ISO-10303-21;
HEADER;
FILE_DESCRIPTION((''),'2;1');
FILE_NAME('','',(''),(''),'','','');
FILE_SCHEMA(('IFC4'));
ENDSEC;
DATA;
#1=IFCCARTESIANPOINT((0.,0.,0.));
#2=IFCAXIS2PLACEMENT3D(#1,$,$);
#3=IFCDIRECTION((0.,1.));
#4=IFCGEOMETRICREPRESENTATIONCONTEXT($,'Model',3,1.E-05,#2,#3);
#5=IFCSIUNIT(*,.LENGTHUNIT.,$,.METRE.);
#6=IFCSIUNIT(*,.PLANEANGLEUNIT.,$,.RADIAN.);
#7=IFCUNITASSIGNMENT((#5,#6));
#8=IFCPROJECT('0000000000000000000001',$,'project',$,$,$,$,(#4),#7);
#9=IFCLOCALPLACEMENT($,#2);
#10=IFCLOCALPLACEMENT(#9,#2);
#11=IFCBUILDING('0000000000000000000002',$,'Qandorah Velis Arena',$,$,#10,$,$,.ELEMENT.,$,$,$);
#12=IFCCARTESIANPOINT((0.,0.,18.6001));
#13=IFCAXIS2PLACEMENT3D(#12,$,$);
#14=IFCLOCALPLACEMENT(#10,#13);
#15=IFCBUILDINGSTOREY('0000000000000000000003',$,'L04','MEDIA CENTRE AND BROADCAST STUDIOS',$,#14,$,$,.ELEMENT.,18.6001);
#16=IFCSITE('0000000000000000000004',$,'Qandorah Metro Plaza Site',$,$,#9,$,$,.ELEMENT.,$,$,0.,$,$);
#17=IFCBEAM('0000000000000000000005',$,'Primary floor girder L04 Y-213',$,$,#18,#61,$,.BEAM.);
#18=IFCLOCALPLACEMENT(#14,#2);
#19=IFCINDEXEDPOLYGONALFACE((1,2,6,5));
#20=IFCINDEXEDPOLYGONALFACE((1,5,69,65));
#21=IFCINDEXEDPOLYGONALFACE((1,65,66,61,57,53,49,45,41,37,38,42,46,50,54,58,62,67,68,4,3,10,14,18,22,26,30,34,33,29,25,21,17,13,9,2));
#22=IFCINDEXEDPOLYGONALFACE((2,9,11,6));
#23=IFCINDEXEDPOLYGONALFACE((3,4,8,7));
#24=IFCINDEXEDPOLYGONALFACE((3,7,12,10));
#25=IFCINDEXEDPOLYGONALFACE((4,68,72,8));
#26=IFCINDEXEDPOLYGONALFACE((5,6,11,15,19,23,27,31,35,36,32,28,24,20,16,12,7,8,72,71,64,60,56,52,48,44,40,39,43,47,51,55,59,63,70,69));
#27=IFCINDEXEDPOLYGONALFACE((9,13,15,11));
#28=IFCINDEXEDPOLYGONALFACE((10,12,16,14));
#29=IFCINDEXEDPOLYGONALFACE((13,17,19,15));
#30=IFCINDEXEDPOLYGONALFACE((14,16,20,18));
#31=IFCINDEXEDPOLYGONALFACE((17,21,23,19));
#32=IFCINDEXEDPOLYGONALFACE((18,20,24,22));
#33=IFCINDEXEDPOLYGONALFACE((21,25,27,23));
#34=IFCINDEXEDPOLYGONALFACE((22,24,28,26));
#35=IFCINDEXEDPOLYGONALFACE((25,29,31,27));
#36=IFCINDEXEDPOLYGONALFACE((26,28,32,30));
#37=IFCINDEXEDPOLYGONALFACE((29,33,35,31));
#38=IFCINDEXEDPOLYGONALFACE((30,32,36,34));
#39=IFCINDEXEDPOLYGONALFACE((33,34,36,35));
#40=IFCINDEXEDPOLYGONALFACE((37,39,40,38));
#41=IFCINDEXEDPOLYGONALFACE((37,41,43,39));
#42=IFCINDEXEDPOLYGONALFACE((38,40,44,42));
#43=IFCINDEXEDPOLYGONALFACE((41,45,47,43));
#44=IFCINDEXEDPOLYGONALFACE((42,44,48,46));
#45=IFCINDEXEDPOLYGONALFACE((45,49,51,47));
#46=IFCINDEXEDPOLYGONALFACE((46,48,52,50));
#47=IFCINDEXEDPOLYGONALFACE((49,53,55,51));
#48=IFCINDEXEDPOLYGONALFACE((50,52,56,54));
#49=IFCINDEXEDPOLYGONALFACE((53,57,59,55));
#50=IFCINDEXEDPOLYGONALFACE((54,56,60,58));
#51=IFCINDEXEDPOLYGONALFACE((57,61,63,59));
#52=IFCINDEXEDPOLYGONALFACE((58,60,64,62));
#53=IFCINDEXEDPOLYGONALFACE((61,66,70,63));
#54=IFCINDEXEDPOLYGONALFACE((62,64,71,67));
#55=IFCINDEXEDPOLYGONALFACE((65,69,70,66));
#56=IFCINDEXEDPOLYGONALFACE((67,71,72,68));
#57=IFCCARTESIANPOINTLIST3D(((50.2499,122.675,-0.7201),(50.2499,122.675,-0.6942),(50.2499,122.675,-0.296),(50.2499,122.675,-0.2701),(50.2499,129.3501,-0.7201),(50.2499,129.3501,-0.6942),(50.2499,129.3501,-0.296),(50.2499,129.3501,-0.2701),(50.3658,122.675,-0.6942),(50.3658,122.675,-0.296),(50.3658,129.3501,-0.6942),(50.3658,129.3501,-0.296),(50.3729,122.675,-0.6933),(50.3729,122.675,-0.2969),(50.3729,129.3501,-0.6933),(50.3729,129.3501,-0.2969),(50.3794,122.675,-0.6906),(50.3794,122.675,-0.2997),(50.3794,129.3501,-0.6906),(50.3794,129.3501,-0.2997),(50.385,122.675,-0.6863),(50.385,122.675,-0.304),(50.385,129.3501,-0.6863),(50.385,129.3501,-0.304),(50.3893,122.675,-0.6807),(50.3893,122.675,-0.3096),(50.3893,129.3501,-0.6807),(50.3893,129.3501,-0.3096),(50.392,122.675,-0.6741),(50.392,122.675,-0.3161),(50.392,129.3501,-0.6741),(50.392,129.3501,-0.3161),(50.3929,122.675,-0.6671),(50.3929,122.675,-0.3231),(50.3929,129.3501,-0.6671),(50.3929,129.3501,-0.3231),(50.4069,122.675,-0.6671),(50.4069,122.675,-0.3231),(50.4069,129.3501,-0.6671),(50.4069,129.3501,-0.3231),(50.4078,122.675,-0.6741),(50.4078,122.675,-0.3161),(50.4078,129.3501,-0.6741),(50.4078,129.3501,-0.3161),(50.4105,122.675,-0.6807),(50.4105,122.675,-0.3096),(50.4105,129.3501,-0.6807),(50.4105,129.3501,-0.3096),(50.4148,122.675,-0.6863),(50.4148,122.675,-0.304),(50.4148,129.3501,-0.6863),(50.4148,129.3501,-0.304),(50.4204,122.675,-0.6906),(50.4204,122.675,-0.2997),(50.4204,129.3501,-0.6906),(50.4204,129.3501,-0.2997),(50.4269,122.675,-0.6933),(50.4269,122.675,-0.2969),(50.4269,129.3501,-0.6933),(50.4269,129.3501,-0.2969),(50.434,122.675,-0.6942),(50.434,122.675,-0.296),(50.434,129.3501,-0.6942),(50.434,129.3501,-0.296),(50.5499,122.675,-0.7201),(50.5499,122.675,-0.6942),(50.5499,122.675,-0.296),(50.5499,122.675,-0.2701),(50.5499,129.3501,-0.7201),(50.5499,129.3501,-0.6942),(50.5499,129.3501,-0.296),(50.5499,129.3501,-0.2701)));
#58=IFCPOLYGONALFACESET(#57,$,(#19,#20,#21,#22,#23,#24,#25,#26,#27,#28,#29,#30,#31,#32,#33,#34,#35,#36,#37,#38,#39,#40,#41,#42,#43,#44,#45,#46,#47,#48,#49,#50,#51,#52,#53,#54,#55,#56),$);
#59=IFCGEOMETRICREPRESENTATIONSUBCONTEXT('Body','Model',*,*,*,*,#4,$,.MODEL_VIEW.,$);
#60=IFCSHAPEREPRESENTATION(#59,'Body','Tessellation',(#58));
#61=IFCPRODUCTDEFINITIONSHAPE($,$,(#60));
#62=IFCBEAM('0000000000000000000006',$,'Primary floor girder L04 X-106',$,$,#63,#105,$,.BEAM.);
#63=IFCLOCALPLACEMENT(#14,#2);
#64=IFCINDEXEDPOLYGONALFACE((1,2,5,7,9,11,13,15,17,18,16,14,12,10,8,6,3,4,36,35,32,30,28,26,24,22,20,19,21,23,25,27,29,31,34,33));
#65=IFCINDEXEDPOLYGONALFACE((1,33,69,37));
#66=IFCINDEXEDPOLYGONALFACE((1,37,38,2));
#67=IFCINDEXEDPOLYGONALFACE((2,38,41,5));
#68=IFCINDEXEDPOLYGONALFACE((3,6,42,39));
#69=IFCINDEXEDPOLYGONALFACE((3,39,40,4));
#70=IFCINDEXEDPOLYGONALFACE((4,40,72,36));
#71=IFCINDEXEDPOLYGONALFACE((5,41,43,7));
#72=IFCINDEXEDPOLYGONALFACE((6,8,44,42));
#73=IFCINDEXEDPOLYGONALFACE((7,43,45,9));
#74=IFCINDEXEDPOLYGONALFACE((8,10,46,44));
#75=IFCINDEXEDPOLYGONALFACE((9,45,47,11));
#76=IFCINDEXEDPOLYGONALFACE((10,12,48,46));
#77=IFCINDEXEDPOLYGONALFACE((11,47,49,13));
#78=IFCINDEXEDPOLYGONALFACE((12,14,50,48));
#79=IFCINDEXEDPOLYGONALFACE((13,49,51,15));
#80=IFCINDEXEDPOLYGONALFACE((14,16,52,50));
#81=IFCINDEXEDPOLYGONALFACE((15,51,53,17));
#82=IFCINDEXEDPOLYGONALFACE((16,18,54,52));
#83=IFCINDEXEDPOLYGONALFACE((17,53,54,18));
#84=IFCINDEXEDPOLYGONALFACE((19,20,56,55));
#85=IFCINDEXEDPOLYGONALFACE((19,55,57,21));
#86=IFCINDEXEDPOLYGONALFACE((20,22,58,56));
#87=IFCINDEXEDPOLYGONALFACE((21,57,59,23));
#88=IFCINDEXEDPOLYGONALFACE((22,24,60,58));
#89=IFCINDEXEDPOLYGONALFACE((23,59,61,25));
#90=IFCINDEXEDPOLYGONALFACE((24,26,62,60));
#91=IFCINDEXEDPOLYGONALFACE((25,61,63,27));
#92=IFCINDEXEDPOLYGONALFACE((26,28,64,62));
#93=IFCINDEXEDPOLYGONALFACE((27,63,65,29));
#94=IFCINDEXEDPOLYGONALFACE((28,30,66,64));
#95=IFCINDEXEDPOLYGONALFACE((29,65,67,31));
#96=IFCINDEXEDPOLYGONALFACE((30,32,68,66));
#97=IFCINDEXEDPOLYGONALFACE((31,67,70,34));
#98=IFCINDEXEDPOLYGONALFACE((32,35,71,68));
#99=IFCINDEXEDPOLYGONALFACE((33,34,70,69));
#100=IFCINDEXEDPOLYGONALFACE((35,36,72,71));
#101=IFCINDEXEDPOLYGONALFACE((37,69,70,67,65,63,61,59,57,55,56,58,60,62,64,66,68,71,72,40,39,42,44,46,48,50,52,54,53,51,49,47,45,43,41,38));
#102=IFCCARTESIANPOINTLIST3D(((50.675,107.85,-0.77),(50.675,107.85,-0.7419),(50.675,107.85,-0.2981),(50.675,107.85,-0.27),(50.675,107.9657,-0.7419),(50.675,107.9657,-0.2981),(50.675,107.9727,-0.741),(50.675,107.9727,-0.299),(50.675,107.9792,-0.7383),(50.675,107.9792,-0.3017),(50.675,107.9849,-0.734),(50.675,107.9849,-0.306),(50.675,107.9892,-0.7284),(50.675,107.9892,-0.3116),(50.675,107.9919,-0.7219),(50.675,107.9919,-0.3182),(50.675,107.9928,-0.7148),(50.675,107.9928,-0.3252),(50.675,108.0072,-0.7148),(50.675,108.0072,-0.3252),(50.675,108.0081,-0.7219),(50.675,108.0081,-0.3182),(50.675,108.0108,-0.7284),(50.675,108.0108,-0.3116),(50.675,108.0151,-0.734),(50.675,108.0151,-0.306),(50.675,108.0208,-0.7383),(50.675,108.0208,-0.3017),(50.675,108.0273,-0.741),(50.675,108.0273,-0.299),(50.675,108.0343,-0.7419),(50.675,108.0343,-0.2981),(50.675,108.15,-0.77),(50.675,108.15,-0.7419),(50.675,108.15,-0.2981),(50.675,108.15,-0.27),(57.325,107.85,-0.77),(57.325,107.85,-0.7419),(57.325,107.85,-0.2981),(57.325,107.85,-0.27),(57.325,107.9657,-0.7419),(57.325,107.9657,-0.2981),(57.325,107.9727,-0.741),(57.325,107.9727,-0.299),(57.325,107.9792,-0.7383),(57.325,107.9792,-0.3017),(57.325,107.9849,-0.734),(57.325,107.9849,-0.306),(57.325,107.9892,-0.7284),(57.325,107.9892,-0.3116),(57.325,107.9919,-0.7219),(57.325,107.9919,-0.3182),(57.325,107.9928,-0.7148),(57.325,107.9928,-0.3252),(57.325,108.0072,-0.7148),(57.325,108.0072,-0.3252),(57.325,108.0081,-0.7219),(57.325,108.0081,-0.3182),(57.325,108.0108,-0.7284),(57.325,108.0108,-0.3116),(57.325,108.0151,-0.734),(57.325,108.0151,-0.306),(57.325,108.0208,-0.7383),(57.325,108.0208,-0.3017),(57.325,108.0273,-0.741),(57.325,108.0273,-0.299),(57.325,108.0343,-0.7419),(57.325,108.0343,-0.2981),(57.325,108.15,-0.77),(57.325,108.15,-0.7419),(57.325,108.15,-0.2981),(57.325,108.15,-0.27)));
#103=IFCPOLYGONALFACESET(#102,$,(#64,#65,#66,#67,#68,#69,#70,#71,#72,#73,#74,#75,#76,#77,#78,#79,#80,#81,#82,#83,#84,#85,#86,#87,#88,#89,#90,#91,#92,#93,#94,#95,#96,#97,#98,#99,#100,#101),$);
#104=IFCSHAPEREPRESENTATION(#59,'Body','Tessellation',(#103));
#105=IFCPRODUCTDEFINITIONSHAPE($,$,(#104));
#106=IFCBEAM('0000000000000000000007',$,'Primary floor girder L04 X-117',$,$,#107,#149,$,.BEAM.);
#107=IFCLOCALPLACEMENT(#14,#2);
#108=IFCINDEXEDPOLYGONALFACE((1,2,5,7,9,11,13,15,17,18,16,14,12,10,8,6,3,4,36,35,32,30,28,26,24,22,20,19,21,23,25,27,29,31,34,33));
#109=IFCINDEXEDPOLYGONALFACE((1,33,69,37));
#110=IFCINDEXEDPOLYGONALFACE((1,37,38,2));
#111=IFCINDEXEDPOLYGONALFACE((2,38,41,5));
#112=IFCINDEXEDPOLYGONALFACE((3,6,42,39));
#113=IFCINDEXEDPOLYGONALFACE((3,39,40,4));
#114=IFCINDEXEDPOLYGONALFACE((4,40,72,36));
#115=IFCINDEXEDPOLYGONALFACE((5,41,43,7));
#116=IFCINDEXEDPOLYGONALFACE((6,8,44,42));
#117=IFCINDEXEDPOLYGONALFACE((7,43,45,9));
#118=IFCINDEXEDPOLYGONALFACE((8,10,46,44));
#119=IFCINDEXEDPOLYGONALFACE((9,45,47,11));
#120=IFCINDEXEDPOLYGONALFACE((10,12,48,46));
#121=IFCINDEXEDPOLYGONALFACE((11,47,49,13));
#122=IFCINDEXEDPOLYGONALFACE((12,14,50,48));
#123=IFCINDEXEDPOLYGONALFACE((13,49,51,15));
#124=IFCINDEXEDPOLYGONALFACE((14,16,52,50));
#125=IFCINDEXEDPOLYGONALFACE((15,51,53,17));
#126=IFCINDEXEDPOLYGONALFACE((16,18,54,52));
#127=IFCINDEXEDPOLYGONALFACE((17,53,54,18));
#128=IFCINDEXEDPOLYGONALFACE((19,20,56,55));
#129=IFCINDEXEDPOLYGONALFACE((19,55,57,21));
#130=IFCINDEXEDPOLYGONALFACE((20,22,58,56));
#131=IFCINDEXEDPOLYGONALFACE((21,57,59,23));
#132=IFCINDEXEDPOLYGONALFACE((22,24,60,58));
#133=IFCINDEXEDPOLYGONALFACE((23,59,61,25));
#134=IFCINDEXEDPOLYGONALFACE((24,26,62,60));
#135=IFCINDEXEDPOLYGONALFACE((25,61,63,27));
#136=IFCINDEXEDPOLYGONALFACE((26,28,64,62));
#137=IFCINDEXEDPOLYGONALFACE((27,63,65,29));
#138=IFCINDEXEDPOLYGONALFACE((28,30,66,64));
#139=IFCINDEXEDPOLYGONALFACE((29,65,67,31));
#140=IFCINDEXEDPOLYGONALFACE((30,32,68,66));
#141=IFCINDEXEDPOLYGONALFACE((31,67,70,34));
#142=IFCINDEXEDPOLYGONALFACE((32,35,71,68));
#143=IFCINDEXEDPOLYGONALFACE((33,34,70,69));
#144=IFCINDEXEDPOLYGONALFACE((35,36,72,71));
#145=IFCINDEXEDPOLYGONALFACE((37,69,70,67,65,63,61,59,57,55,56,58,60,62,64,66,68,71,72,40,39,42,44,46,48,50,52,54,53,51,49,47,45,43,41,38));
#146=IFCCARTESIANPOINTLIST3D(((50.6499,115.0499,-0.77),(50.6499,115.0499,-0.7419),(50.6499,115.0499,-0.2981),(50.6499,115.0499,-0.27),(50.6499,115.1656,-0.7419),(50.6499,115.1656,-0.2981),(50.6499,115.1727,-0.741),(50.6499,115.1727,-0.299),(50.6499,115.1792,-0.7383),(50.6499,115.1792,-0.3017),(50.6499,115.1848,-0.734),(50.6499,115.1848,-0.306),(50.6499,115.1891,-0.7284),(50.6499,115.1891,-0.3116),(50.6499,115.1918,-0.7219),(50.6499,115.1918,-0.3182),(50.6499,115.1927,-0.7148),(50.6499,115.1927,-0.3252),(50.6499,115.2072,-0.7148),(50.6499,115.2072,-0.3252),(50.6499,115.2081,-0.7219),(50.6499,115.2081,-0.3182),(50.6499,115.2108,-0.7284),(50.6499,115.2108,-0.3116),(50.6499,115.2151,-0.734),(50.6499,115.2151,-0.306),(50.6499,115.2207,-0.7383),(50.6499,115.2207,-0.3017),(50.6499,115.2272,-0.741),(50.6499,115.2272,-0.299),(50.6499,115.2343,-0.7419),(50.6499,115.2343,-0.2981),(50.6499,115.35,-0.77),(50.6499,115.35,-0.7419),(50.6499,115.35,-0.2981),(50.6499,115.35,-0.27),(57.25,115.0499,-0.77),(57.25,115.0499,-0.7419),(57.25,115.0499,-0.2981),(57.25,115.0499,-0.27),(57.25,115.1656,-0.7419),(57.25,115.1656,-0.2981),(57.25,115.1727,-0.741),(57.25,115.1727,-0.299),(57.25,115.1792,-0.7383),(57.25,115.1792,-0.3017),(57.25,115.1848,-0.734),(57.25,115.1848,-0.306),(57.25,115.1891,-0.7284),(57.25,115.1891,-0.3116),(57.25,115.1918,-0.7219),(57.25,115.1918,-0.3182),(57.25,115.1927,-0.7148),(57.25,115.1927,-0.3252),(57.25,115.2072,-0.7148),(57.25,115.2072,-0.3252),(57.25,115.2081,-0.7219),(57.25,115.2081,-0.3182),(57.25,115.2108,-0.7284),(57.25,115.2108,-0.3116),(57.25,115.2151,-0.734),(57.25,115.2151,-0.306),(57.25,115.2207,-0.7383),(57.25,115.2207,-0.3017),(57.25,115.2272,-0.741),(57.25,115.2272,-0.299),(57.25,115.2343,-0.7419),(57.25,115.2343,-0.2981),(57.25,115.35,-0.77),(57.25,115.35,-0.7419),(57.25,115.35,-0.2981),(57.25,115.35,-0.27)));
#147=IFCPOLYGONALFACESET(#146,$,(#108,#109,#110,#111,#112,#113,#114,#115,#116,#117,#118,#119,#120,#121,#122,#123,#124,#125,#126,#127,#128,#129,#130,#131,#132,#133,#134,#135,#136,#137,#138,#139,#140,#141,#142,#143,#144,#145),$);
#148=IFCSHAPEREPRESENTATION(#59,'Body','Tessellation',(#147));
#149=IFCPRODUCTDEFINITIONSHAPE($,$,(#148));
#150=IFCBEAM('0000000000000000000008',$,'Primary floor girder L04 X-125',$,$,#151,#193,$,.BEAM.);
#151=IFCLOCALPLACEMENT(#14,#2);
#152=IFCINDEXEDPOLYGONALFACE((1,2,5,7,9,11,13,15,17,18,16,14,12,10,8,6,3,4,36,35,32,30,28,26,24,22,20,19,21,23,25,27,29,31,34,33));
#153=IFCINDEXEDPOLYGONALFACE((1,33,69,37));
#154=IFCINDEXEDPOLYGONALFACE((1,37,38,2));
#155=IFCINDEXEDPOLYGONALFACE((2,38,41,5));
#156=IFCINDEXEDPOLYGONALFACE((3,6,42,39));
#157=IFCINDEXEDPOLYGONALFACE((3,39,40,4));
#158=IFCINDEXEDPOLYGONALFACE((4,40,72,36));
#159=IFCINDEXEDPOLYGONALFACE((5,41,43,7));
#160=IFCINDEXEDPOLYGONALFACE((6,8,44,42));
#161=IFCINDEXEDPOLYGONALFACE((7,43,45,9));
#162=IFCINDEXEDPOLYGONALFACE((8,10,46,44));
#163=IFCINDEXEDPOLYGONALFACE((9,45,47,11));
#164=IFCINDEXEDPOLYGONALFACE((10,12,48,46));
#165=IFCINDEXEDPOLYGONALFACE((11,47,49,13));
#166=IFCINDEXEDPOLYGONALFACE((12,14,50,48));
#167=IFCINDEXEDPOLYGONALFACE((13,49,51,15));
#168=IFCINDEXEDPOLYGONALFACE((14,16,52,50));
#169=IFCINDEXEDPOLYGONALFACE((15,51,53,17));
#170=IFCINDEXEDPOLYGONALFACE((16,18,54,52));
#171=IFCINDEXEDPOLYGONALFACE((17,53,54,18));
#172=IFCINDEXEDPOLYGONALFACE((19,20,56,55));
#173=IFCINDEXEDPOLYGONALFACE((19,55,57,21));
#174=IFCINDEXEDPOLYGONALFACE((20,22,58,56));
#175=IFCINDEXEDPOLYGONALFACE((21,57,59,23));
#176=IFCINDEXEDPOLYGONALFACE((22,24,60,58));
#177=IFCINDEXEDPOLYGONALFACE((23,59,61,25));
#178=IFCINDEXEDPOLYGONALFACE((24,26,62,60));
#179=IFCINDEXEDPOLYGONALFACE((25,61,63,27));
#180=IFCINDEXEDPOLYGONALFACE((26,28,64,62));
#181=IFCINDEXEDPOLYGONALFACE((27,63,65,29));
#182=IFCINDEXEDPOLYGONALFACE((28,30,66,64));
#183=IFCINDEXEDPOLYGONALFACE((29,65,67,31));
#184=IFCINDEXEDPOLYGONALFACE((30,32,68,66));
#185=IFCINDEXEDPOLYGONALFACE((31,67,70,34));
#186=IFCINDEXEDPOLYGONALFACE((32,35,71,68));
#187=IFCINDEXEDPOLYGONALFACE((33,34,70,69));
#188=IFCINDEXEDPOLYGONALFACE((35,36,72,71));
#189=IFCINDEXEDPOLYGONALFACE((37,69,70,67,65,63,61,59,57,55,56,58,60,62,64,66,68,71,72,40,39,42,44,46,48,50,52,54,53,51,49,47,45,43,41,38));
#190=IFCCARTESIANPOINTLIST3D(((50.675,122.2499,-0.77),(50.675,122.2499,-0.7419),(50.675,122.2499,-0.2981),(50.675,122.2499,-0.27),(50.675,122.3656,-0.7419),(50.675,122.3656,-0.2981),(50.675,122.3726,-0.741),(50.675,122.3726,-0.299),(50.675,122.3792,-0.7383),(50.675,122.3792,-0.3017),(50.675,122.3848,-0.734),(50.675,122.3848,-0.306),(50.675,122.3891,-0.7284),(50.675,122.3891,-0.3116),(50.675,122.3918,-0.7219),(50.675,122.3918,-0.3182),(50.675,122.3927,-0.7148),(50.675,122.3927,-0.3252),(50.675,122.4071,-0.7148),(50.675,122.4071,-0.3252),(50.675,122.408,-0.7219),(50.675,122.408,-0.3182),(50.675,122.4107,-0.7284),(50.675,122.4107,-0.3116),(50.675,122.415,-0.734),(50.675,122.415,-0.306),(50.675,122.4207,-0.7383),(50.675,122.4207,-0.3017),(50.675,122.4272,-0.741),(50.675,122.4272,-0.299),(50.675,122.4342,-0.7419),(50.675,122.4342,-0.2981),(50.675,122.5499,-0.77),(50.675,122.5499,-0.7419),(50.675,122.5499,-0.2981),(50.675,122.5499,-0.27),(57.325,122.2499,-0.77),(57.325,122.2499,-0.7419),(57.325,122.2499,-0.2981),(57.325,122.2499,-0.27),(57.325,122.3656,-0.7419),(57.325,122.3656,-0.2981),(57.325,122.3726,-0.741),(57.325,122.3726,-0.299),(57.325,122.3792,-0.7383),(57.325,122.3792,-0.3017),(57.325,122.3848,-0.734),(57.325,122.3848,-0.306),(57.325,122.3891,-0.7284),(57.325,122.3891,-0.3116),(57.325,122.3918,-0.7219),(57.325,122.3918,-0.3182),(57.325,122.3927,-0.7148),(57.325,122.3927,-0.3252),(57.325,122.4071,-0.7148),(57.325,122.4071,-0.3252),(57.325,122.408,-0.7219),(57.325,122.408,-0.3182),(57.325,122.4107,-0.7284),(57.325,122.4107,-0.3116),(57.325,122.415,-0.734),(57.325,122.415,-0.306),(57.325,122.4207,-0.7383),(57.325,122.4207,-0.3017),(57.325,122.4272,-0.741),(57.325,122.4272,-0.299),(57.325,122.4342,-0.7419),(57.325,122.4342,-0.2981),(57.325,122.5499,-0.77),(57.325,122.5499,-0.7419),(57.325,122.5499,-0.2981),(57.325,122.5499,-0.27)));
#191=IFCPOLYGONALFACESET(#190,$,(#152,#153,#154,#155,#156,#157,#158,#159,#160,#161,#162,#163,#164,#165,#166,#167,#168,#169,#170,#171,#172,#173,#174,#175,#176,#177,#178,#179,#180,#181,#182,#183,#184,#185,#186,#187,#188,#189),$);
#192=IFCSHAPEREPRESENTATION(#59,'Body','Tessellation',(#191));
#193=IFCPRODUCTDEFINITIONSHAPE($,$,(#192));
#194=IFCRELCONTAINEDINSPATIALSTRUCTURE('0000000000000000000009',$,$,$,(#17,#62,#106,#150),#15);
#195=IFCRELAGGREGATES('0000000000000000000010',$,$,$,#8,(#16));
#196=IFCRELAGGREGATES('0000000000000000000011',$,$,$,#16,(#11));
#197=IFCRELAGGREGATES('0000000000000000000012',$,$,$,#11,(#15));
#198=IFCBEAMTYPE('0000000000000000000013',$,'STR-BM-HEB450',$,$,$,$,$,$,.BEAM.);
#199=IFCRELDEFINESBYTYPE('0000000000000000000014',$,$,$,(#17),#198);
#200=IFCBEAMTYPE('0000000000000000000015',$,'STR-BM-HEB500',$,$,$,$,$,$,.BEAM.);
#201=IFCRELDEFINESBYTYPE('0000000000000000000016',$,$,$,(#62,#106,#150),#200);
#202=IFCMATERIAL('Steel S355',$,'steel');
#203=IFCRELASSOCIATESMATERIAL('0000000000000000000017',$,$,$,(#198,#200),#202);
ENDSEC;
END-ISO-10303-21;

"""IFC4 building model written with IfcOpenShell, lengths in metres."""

from ifc_helpers import new_model, si_unit, direction, frame, origin, origin_2d, place, context, subcontext, project, spatial, i_section, extrude, material, material_profile, profile_set, type_object, element, save


model = new_model("IFC4")

# Units and contexts
model_context = context("Model", 3, precision=1e-05, world=origin(), true_north=direction((0.0, 1.0)))
body_context = subcontext(model_context, "Body", "Model", "MODEL_VIEW")
ifc_project = project(units=[si_unit("LENGTHUNIT", "METRE"), si_unit("PLANEANGLEUNIT", "RADIAN")], contexts=[model_context])

# Site, building, storey
site_placement = place(None, origin())
site = spatial("IfcSite", under=ifc_project, at=site_placement, Name="Qandorah Metro Plaza Site", CompositionType="ELEMENT", RefElevation=0.0)
building_placement = place(site_placement, origin())
building = spatial("IfcBuilding", under=site, at=building_placement, Name="Qandorah Velis Arena", CompositionType="ELEMENT")
storey_placement = place(building_placement, frame((0.0, 0.0, 18.6001)))
storey = spatial("IfcBuildingStorey", under=building, at=storey_placement, Name="L04", Description="MEDIA CENTRE AND BROADCAST STUDIOS", CompositionType="ELEMENT", Elevation=18.6001)

# Shared definitions
ifc_material_1 = material(Name="Steel S355", Category="steel")

# Beams
ifc_material_profile_1 = material_profile(ifc_material_1, i_section(OverallWidth=0.3, OverallDepth=0.45, WebThickness=0.0139, FlangeThickness=0.0259, FilletRadius=0.0271, at=origin_2d()), Name="HEB 450")
ifc_profile_set_1 = profile_set([ifc_material_profile_1], Name="Steel S355")
beam_type_1 = type_object("IfcBeamType", Name="STR-BM-HEB450", PredefinedType="BEAM", material=ifc_profile_set_1)
for number, where, z_axis, x_axis, name in (
    (1, (50.3999, 122.675, -0.4951), (0.0, 1.0, 0.0), (-1.0, 0.0, 0.0), "Primary floor girder L04 Y-213"),
):
    element("IfcBeam", number, at=place(storey_placement, frame(where, z_axis=z_axis, x_axis=x_axis)), inside=storey, type_object=beam_type_1, Name=name, PredefinedType="BEAM", context=body_context, shape_type="SweptSolid", body=[
        extrude(i_section(OverallWidth=0.3, OverallDepth=0.45, WebThickness=0.0139, FlangeThickness=0.0259, FilletRadius=0.0271, at=origin_2d()), origin(), (0.0, 0.0, 1.0), 6.675),
    ])
ifc_material_profile_2 = material_profile(ifc_material_1, i_section(OverallWidth=0.3, OverallDepth=0.5, WebThickness=0.0144, FlangeThickness=0.0281, FilletRadius=0.0271, at=origin_2d()), Name="HEB 500")
ifc_profile_set_2 = profile_set([ifc_material_profile_2], Name="Steel S355")
beam_type_2 = type_object("IfcBeamType", Name="STR-BM-HEB500", PredefinedType="BEAM", material=ifc_profile_set_2)
beam_1_placement = place(storey_placement, frame((50.675, 108.0, -0.52), z_axis=(1.0, 0.0, 0.0), x_axis=(0.0, 1.0, 0.0)))
element("IfcBeam", 2, at=beam_1_placement, inside=storey, type_object=beam_type_2, Name="Primary floor girder L04 X-106", PredefinedType="BEAM", context=body_context, shape_type="SweptSolid", body=[
    extrude(i_section(OverallWidth=0.3, OverallDepth=0.5, WebThickness=0.0144, FlangeThickness=0.0281, FilletRadius=0.0271, at=origin_2d()), origin(), (0.0, 0.0, 1.0), 6.6499),
])
beam_2_placement = place(storey_placement, frame((50.6499, 115.2, -0.52), z_axis=(1.0, 0.0, 0.0), x_axis=(0.0, 1.0, 0.0)))
element("IfcBeam", 3, at=beam_2_placement, inside=storey, type_object=beam_type_2, Name="Primary floor girder L04 X-117", PredefinedType="BEAM", context=body_context, shape_type="SweptSolid", body=[
    extrude(i_section(OverallWidth=0.3, OverallDepth=0.5, WebThickness=0.0144, FlangeThickness=0.0281, FilletRadius=0.0271, at=origin_2d()), origin(), (0.0, 0.0, 1.0), 6.6001),
])
beam_3_placement = place(storey_placement, frame((50.675, 122.3999, -0.52), z_axis=(1.0, 0.0, 0.0), x_axis=(0.0, 1.0, 0.0)))
element("IfcBeam", 4, at=beam_3_placement, inside=storey, type_object=beam_type_2, Name="Primary floor girder L04 X-125", PredefinedType="BEAM", context=body_context, shape_type="SweptSolid", body=[
    extrude(i_section(OverallWidth=0.3, OverallDepth=0.5, WebThickness=0.0144, FlangeThickness=0.0281, FilletRadius=0.0271, at=origin_2d()), origin(), (0.0, 0.0, 1.0), 6.6499),
])

save(model, "model.ifc")
